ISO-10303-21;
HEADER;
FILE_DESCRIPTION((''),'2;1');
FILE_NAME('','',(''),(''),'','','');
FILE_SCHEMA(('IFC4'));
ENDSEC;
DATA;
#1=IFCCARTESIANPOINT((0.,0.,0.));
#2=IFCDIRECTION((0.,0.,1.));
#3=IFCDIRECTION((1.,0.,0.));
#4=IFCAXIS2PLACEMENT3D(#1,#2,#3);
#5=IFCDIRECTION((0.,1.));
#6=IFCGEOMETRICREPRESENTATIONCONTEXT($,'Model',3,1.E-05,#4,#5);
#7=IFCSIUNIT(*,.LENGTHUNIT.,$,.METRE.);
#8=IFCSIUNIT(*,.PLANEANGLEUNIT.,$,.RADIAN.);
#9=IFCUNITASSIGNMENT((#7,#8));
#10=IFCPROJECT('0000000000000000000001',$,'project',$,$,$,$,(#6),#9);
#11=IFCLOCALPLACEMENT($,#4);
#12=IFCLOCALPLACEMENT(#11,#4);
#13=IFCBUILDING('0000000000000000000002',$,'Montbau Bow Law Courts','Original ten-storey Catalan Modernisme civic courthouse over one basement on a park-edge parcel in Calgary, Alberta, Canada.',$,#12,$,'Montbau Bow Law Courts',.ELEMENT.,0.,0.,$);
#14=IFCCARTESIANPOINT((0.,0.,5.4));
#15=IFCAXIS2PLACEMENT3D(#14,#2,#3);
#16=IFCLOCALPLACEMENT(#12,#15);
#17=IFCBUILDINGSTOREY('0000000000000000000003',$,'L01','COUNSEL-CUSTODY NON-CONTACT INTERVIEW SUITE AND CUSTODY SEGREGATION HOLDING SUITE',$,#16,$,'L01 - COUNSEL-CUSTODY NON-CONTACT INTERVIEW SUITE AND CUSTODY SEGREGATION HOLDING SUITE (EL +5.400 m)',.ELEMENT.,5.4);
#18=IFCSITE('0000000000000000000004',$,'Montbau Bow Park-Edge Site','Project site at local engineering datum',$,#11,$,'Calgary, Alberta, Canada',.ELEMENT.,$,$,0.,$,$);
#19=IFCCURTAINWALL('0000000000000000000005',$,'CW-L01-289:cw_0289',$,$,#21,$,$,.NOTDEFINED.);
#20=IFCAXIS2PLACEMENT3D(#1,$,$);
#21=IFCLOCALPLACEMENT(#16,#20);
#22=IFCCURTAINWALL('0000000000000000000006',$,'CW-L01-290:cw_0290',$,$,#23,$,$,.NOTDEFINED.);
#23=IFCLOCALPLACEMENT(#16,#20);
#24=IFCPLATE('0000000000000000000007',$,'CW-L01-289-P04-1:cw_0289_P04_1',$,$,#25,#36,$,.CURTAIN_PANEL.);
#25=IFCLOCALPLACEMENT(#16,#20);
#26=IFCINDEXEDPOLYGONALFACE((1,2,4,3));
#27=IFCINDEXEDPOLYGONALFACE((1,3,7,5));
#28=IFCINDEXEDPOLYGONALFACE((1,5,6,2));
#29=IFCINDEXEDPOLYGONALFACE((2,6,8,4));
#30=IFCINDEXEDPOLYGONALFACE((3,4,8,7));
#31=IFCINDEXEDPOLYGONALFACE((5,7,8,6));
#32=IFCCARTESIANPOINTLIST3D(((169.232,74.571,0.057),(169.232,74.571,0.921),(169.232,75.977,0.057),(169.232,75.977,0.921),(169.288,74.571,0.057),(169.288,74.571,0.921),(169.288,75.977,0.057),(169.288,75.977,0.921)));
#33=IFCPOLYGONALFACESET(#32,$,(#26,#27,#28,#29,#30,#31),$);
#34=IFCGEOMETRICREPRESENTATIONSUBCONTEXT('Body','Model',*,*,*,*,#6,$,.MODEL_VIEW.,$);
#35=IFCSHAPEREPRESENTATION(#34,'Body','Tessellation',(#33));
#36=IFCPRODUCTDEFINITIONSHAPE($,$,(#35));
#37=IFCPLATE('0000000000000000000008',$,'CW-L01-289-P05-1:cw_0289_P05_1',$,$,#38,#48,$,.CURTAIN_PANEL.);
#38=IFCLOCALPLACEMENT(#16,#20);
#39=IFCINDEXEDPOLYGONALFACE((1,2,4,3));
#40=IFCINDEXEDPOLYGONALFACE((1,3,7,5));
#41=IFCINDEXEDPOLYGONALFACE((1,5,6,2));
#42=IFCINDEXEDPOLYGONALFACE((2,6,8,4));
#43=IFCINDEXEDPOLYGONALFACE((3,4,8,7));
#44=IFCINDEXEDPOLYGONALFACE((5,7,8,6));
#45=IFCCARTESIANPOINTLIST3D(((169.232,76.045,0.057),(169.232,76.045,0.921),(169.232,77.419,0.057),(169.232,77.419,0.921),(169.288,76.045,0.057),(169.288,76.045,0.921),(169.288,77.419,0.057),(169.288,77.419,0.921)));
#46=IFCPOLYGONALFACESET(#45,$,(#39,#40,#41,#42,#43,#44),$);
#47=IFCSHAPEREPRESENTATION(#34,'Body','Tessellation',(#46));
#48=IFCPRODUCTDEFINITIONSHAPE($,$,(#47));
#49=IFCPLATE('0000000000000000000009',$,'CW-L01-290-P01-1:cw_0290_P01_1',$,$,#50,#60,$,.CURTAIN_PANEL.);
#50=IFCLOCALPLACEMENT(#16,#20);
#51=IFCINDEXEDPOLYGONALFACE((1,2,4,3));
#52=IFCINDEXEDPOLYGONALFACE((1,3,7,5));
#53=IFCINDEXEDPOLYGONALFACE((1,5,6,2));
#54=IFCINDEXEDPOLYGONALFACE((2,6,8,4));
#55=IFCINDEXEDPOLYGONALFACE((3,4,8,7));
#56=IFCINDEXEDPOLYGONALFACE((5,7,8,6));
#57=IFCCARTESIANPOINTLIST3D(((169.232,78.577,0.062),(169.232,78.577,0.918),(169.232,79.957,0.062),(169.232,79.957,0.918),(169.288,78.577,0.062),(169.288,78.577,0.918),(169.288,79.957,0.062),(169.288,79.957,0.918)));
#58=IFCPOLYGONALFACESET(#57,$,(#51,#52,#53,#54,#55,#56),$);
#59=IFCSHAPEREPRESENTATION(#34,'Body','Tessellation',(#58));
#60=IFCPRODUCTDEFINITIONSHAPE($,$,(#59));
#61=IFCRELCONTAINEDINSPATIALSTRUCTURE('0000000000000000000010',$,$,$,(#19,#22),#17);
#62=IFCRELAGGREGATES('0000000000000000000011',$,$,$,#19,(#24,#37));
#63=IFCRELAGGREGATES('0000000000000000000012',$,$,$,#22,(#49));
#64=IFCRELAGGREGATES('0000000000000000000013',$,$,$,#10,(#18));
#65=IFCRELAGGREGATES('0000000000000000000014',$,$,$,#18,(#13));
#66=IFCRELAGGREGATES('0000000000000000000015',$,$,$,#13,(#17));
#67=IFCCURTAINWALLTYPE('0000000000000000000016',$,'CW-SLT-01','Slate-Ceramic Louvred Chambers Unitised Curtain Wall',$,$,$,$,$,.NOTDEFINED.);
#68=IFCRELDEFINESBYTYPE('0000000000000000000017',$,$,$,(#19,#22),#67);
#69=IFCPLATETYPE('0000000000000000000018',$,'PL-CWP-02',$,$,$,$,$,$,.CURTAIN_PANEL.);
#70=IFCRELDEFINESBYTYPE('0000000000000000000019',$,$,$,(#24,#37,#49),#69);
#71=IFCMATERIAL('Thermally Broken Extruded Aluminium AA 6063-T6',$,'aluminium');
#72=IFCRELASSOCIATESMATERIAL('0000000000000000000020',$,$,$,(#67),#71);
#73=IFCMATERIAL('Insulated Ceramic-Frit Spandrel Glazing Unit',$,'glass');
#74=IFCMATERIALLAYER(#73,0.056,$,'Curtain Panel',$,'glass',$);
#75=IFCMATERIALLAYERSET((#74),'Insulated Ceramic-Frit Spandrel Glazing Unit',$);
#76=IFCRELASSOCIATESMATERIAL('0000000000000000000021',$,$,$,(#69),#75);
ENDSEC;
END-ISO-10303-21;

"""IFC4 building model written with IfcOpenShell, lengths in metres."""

from ifc_helpers import new_model, si_unit, direction, frame, frame_2d, origin_with_axes, place, context, subcontext, project, spatial, rectangle, extrude, material, layer, layer_set, type_object, element, aggregate, save


model = new_model("IFC4")

# Units and contexts
model_context = context("Model", 3, precision=1e-05, world=origin_with_axes(), true_north=direction((0.0, 1.0)))
body_context = subcontext(model_context, "Body", "Model", "MODEL_VIEW")
ifc_project = project(units=[si_unit("LENGTHUNIT", "METRE"), si_unit("PLANEANGLEUNIT", "RADIAN")], contexts=[model_context])

# Site, building, storey
site_placement = place(None, origin_with_axes())
site = spatial("IfcSite", under=ifc_project, at=site_placement, Name="Montbau Bow Park-Edge Site", Description="Project site at local engineering datum", LongName="Calgary, Alberta, Canada", CompositionType="ELEMENT", RefElevation=0.0)
building_placement = place(site_placement, origin_with_axes())
building = spatial("IfcBuilding", under=site, at=building_placement, Name="Montbau Bow Law Courts", Description="Original ten-storey Catalan Modernisme civic courthouse over one basement on a park-edge parcel in Calgary, Alberta, Canada.", LongName="Montbau Bow Law Courts", CompositionType="ELEMENT", ElevationOfRefHeight=0.0, ElevationOfTerrain=0.0)
storey_placement = place(building_placement, frame((0.0, 0.0, 5.4), z_axis=(0.0, 0.0, 1.0), x_axis=(1.0, 0.0, 0.0)))
storey = spatial("IfcBuildingStorey", under=building, at=storey_placement, Name="L01", Description="COUNSEL-CUSTODY NON-CONTACT INTERVIEW SUITE AND CUSTODY SEGREGATION HOLDING SUITE", LongName="L01 - COUNSEL-CUSTODY NON-CONTACT INTERVIEW SUITE AND CUSTODY SEGREGATION HOLDING SUITE (EL +5.400 m)", CompositionType="ELEMENT", Elevation=5.4)

# Curtain walls
ifc_material_1 = material(Name="Thermally Broken Extruded Aluminium AA 6063-T6", Category="aluminium")
curtain_wall_type = type_object("IfcCurtainWallType", Name="CW-SLT-01", Description="Slate-Ceramic Louvred Chambers Unitised Curtain Wall", PredefinedType="NOTDEFINED", material=ifc_material_1)
curtain_wall_1_placement = place(None, frame((169.26, 70.115, 5.4), z_axis=(0.0, 0.0, 1.0), x_axis=(1.0, 0.0, 0.0)))
curtain_wall_1 = element("IfcCurtainWall", 1, at=curtain_wall_1_placement, inside=storey, type_object=curtain_wall_type, Name="CW-L01-289:cw_0289", PredefinedType="NOTDEFINED")
curtain_wall_2_placement = place(None, frame((169.26, 78.515, 5.4), z_axis=(0.0, 0.0, 1.0), x_axis=(1.0, 0.0, 0.0)))
curtain_wall_2 = element("IfcCurtainWall", 2, at=curtain_wall_2_placement, inside=storey, type_object=curtain_wall_type, Name="CW-L01-290:cw_0290", PredefinedType="NOTDEFINED")

# Plates
ifc_material_2 = material(Name="Insulated Ceramic-Frit Spandrel Glazing Unit", Category="glass")
ifc_layer_1 = layer(ifc_material_2, 0.056, Name="Curtain Panel", Category="glass")
ifc_layer_set_1 = layer_set([ifc_layer_1], Name="Insulated Ceramic-Frit Spandrel Glazing Unit")
plate_type_1 = type_object("IfcPlateType", Name="PL-CWP-02", PredefinedType="CURTAIN_PANEL", material=ifc_layer_set_1)
plate_1_placement = place(None, frame((169.26, 74.571, 5.457), z_axis=(1.0, 0.0, 0.0), x_axis=(0.0, 1.0, 0.0)))
plate_1 = element("IfcPlate", 3, at=plate_1_placement, type_object=plate_type_1, Name="CW-L01-289-P04-1:cw_0289_P04_1", PredefinedType="CURTAIN_PANEL", context=body_context, shape_type="SweptSolid", body=[
    extrude(rectangle(XDim=1.406, YDim=0.864, at=frame_2d((0.703, 0.432), x_axis=(1.0, 0.0))), frame((0.0, 0.0, -0.028), z_axis=(0.0, 0.0, 1.0), x_axis=(1.0, 0.0, 0.0)), (0.0, 0.0, 1.0), 0.056),
])
plate_2_placement = place(None, frame((169.26, 76.045, 5.457), z_axis=(1.0, 0.0, 0.0), x_axis=(0.0, 1.0, 0.0)))
plate_2 = element("IfcPlate", 4, at=plate_2_placement, type_object=plate_type_1, Name="CW-L01-289-P05-1:cw_0289_P05_1", PredefinedType="CURTAIN_PANEL", context=body_context, shape_type="SweptSolid", body=[
    extrude(rectangle(XDim=1.374, YDim=0.864, at=frame_2d((0.687, 0.432), x_axis=(1.0, 0.0))), frame((0.0, 0.0, -0.028), z_axis=(0.0, 0.0, 1.0), x_axis=(1.0, 0.0, 0.0)), (0.0, 0.0, 1.0), 0.056),
])
aggregate(curtain_wall_1, [plate_1, plate_2])
plate_3_placement = place(None, frame((169.26, 78.577, 5.462), z_axis=(1.0, 0.0, 0.0), x_axis=(0.0, 1.0, 0.0)))
plate_3 = element("IfcPlate", 5, at=plate_3_placement, type_object=plate_type_1, Name="CW-L01-290-P01-1:cw_0290_P01_1", PredefinedType="CURTAIN_PANEL", context=body_context, shape_type="SweptSolid", body=[
    extrude(rectangle(XDim=1.38, YDim=0.856, at=frame_2d((0.69, 0.428), x_axis=(1.0, 0.0))), frame((0.0, 0.0, -0.028), z_axis=(0.0, 0.0, 1.0), x_axis=(1.0, 0.0, 0.0)), (0.0, 0.0, 1.0), 0.056),
])
aggregate(curtain_wall_2, [plate_3])

save(model, "model.ifc")
